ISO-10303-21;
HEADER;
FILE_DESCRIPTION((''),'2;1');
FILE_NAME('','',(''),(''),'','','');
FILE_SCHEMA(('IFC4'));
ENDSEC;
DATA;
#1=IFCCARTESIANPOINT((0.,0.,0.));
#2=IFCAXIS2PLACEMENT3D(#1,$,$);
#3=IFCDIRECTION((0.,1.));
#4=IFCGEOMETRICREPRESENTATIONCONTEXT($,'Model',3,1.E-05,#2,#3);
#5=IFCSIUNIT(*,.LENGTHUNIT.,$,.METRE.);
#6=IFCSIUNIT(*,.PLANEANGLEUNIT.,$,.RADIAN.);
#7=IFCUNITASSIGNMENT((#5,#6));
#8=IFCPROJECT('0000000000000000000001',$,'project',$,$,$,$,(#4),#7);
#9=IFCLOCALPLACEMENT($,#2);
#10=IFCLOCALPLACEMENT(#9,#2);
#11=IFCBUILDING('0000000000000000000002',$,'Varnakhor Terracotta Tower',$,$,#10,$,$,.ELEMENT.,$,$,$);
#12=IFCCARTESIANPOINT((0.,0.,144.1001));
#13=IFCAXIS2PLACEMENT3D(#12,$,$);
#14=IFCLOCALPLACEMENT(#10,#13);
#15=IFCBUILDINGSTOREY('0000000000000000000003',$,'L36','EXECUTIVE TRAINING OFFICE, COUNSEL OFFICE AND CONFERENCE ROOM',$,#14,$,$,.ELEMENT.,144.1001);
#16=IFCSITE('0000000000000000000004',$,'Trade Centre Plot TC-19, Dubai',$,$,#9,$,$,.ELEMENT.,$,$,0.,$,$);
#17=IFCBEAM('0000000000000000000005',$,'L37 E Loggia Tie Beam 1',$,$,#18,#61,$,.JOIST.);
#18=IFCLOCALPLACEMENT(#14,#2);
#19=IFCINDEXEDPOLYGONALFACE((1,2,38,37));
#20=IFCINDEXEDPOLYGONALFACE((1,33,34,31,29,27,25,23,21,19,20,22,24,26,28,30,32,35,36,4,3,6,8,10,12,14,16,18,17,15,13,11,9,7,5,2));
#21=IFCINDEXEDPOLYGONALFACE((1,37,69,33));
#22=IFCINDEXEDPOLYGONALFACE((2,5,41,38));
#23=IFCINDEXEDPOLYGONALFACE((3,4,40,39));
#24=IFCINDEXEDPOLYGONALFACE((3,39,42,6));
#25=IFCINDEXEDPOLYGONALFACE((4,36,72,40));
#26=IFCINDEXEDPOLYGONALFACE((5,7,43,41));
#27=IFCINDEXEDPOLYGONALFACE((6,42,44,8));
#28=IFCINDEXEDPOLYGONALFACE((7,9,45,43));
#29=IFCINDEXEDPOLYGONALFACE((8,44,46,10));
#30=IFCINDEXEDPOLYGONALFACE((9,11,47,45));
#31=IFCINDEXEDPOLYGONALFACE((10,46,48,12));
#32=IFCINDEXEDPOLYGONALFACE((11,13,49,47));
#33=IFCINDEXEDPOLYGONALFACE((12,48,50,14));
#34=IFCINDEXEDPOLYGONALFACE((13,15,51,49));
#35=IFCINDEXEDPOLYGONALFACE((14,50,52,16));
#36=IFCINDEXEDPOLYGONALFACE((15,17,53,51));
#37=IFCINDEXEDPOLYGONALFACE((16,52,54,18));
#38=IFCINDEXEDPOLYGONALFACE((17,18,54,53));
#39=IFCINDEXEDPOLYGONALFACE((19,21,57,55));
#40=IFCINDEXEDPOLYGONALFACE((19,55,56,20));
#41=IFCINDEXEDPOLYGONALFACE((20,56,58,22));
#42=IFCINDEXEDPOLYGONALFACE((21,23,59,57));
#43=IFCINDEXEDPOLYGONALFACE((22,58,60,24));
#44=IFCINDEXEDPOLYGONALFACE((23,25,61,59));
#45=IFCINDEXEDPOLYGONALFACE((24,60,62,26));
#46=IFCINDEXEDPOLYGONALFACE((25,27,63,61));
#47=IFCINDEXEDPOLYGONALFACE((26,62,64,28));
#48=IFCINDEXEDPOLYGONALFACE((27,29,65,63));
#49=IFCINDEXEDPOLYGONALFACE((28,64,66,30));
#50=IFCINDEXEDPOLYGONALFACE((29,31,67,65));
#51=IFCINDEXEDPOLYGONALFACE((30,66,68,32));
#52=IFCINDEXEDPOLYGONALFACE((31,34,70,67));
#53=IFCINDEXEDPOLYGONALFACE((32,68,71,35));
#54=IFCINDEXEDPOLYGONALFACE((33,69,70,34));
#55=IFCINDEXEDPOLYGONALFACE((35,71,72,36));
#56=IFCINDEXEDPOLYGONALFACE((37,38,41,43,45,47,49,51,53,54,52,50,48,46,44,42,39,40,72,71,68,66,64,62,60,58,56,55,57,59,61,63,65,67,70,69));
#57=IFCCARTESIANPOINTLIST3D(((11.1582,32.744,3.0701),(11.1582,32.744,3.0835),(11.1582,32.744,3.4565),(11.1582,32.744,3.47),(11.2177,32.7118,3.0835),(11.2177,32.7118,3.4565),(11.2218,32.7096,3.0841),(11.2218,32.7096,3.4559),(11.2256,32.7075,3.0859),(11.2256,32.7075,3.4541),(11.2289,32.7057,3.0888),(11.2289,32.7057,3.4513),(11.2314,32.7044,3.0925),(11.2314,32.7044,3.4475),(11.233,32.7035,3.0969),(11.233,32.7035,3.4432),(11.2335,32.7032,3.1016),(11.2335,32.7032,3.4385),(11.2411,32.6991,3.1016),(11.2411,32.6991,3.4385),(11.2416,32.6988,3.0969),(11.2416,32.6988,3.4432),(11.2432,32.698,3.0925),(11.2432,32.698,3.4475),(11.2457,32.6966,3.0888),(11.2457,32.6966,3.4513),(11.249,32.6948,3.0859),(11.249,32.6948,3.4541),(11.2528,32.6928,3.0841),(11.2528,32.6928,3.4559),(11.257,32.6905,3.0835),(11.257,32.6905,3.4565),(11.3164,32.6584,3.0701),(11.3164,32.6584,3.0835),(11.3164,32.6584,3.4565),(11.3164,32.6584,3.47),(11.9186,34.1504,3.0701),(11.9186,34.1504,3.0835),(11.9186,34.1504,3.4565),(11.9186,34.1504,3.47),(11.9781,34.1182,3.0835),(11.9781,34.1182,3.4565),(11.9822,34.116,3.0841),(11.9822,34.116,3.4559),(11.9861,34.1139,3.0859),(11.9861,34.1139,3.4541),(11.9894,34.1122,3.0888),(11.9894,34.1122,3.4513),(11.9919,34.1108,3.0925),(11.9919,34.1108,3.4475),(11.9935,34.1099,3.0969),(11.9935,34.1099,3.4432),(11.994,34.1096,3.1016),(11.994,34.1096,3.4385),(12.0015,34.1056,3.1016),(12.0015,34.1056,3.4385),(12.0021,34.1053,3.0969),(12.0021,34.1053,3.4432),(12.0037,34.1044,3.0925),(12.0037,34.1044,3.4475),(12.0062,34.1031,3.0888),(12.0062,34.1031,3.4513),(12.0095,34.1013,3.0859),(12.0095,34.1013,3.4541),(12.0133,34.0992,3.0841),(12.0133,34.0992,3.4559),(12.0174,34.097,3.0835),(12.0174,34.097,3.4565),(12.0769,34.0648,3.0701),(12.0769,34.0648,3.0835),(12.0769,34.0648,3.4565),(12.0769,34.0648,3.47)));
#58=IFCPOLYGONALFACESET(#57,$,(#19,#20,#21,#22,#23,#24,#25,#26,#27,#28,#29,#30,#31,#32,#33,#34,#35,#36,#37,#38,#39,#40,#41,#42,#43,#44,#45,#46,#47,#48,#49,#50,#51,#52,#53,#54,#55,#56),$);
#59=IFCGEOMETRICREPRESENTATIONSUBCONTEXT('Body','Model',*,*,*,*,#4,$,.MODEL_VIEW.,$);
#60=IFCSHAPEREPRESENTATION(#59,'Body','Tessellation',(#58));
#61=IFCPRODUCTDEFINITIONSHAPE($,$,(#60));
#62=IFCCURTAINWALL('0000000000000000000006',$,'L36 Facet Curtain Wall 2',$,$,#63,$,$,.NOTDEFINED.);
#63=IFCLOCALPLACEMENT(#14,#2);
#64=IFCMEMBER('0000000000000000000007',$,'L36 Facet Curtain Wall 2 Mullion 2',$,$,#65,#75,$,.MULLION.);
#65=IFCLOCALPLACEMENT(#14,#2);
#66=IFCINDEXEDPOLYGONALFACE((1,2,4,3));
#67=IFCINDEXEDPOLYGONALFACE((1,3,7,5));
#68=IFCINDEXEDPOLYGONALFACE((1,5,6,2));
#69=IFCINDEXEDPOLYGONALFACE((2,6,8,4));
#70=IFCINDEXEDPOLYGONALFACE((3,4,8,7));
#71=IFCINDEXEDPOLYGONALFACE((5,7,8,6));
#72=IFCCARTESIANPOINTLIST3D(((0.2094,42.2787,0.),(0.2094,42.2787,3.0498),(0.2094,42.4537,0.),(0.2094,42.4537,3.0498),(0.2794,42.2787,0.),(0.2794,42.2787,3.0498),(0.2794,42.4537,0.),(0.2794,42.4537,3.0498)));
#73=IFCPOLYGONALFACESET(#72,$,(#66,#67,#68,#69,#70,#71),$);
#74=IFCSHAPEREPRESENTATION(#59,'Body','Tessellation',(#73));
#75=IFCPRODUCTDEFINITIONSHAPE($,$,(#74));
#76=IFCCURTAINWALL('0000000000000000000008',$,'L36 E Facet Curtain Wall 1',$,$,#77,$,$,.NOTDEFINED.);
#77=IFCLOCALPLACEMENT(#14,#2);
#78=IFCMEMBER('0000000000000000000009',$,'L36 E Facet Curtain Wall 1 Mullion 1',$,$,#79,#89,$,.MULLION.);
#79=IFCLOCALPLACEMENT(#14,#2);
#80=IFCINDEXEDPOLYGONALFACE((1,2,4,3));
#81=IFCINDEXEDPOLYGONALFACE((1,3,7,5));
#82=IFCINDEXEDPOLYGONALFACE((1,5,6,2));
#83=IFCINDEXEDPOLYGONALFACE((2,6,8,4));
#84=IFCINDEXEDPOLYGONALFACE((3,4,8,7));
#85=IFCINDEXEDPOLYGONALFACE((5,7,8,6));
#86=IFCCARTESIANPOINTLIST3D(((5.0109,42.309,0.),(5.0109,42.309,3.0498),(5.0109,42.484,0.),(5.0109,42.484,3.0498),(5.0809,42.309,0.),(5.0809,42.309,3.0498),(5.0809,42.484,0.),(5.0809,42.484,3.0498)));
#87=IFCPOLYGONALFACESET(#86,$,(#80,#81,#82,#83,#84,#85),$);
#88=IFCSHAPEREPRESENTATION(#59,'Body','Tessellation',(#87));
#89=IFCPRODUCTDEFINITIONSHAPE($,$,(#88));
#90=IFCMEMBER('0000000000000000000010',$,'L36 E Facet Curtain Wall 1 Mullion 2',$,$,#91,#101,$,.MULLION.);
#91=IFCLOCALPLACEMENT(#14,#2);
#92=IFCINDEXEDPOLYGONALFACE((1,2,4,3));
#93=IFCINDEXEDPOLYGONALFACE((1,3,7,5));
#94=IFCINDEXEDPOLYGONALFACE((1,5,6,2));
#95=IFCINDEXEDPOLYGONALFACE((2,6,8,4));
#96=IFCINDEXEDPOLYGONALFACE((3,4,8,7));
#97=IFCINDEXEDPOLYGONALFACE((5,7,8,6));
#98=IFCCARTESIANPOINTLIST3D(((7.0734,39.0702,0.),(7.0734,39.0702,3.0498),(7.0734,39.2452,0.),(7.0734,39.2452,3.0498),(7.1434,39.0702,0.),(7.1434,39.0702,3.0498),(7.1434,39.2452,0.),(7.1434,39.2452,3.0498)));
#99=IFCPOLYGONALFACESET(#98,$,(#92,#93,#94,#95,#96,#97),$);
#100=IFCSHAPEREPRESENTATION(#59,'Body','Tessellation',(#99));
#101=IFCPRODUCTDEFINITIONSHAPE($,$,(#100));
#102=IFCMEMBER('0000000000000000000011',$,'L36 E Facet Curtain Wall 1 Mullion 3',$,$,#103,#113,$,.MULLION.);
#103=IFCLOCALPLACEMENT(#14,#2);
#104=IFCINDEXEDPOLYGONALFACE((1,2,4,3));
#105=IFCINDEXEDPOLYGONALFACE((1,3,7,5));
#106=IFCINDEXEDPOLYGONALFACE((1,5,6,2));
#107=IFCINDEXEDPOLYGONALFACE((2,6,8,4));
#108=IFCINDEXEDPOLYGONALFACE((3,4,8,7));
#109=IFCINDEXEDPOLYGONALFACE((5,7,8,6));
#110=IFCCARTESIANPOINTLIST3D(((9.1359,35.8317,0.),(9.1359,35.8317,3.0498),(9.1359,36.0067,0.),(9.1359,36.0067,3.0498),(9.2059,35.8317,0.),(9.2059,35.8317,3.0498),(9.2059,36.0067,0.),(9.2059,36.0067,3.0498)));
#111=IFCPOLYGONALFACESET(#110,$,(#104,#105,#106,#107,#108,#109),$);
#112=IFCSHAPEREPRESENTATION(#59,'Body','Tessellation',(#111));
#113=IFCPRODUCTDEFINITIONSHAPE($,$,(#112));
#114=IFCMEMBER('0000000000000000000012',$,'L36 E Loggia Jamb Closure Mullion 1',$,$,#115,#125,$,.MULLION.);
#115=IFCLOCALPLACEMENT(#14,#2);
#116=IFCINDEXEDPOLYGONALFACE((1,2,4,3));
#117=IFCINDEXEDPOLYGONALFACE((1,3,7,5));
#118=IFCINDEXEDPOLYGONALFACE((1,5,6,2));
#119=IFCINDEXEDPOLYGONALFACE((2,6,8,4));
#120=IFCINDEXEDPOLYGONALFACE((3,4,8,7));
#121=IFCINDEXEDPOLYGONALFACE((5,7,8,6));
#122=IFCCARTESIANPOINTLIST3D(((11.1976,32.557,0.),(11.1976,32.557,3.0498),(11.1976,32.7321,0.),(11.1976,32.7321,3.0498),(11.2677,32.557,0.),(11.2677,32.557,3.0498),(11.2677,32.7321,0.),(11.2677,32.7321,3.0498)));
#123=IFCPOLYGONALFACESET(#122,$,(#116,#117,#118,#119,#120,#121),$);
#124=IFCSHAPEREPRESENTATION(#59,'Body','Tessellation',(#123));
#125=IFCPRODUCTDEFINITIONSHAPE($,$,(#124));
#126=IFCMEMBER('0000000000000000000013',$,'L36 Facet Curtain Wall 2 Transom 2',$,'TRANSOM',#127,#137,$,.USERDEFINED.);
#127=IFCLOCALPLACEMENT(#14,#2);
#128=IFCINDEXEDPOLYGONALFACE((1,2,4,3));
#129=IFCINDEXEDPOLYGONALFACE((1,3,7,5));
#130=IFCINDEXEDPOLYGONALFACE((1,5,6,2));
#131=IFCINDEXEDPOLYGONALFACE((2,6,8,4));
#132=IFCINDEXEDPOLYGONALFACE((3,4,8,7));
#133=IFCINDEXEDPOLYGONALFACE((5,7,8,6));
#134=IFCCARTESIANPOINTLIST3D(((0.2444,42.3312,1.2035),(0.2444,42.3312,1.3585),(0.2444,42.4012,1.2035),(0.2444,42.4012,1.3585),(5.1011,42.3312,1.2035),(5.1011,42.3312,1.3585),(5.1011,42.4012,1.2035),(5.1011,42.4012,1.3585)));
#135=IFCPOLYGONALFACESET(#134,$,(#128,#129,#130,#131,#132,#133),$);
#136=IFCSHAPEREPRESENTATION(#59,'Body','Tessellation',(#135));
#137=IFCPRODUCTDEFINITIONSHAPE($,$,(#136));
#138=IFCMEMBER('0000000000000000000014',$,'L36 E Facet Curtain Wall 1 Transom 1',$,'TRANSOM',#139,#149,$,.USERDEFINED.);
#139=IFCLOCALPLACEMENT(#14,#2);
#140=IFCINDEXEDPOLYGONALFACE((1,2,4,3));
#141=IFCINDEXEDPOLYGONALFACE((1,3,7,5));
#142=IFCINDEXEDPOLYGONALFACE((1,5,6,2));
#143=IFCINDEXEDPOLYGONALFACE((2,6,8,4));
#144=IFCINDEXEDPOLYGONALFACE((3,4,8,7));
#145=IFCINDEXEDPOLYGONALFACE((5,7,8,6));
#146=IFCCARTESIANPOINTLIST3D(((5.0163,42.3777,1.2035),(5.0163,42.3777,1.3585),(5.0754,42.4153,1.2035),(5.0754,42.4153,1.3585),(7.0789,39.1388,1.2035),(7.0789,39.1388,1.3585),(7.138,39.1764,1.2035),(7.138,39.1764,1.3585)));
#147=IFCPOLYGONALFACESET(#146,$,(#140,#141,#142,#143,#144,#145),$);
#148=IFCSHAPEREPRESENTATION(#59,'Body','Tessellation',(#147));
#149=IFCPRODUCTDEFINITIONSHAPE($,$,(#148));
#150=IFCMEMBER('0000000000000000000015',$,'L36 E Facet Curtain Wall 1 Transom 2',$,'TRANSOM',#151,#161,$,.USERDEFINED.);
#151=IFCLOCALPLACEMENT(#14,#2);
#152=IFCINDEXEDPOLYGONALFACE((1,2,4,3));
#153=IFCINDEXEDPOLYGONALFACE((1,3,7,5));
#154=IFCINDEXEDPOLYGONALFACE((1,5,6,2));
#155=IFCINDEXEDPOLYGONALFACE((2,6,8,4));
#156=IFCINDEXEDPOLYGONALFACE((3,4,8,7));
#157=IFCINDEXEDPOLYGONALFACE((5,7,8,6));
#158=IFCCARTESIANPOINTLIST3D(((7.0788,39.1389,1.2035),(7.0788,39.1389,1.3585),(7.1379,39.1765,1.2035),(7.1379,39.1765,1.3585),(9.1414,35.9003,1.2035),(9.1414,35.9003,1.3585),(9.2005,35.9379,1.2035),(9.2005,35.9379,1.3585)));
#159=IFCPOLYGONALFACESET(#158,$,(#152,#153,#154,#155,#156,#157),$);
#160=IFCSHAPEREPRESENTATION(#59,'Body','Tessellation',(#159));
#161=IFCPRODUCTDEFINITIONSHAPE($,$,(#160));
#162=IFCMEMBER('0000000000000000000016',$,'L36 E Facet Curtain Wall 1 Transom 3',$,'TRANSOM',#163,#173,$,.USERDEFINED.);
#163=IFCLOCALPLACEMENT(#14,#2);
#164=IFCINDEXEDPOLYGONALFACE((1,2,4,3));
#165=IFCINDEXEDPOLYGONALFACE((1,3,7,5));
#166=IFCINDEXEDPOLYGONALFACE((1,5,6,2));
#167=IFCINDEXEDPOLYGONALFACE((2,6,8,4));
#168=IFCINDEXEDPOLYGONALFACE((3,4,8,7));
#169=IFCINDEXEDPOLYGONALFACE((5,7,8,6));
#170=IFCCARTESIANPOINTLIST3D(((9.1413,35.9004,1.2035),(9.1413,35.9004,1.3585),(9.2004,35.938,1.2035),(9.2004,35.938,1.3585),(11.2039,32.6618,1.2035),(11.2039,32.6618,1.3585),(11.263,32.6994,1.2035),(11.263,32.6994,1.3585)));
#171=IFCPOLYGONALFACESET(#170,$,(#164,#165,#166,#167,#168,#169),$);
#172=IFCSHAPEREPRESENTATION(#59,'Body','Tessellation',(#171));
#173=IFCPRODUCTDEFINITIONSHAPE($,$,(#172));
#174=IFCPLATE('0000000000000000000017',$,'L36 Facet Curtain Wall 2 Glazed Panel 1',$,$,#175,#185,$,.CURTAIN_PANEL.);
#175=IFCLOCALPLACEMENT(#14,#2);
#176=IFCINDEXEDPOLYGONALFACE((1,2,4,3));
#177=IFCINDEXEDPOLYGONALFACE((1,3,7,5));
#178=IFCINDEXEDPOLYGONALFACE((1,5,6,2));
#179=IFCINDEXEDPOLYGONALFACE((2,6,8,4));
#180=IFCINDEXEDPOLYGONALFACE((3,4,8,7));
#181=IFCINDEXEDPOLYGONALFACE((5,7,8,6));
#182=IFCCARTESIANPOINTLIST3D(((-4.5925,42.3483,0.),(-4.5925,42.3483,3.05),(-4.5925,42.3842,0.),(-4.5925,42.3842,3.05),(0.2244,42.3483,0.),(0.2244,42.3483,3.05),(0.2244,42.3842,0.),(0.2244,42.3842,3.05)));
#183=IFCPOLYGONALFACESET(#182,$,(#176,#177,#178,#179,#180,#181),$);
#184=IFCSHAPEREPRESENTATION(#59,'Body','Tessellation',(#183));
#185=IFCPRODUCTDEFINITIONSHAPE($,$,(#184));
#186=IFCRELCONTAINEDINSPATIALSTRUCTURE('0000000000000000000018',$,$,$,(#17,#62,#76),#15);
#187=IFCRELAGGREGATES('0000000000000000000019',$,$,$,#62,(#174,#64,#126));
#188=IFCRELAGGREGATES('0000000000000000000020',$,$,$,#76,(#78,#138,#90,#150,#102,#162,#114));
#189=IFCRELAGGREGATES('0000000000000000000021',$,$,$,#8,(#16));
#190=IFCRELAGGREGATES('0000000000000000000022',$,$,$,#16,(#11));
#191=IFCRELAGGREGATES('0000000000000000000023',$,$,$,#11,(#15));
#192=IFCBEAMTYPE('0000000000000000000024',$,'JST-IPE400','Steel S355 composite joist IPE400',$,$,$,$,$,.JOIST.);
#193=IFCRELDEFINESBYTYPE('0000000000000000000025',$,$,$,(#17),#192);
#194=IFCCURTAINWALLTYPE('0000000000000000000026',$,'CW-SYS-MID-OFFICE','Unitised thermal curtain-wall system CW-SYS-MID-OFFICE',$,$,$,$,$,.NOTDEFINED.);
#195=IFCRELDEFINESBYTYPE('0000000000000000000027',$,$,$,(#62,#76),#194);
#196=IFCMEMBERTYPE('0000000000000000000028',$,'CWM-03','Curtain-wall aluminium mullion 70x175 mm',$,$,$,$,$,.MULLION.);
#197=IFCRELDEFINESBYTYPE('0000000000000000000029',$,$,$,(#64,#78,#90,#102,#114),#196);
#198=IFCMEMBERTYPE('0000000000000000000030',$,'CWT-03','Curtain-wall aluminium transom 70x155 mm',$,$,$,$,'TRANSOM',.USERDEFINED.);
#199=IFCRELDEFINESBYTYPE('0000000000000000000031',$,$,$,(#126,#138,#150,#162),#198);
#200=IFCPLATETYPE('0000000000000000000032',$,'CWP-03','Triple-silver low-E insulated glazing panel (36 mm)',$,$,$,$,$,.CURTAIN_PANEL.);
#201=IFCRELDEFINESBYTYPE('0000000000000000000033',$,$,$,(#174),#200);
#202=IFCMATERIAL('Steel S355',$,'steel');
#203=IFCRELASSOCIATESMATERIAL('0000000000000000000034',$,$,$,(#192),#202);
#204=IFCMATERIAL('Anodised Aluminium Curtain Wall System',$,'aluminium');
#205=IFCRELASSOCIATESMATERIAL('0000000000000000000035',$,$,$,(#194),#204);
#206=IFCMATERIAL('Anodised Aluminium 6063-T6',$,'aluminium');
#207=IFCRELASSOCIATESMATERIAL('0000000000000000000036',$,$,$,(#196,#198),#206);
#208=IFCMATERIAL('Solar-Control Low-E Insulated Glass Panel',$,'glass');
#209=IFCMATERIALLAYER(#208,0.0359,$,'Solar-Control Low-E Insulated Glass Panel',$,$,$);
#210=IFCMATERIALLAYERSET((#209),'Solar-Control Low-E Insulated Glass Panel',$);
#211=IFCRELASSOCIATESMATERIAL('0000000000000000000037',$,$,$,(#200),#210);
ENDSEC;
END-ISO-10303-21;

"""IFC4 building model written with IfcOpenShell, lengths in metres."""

from ifc_helpers import new_model, si_unit, direction, frame, origin, origin_2d, place, context, subcontext, project, spatial, rectangle, i_section, extrude, source, transform, mapped, material, layer, layer_set, material_profile, profile_set, type_object, type_shapes, element, aggregate, save


model = new_model("IFC4")

# Units and contexts
model_context = context("Model", 3, precision=1e-05, world=origin(), true_north=direction((0.0, 1.0)))
body_context = subcontext(model_context, "Body", "Model", "MODEL_VIEW")
ifc_project = project(units=[si_unit("LENGTHUNIT", "METRE"), si_unit("PLANEANGLEUNIT", "RADIAN")], contexts=[model_context])

# Site, building, storey
site_placement = place(None, origin())
site = spatial("IfcSite", under=ifc_project, at=site_placement, Name="Trade Centre Plot TC-19, Dubai", CompositionType="ELEMENT", RefElevation=0.0)
building_placement = place(site_placement, origin())
building = spatial("IfcBuilding", under=site, at=building_placement, Name="Varnakhor Terracotta Tower", CompositionType="ELEMENT")
storey_placement = place(building_placement, frame((0.0, 0.0, 144.1001)))
storey = spatial("IfcBuildingStorey", under=building, at=storey_placement, Name="L36", Description="EXECUTIVE TRAINING OFFICE, COUNSEL OFFICE AND CONFERENCE ROOM", CompositionType="ELEMENT", Elevation=144.1001)

# Beam
ifc_material_1 = material(Name="Steel S355", Category="steel")
ifc_material_profile_1 = material_profile(ifc_material_1, i_section(OverallWidth=0.1799, OverallDepth=0.3999, WebThickness=0.0085, FlangeThickness=0.0134, FilletRadius=0.0181, at=origin_2d()), Name="IPE400")
ifc_profile_set_1 = profile_set([ifc_material_profile_1], Name="Steel S355")
beam_type_1 = type_object("IfcBeamType", Name="JST-IPE400", Description="Steel S355 composite joist IPE400", PredefinedType="JOIST", material=ifc_profile_set_1)
shared_shape_1 = source(origin(), body_context, "Body", "SweptSolid", [
    extrude(i_section(OverallWidth=0.1799, OverallDepth=0.3999, WebThickness=0.0085, FlangeThickness=0.0134, FilletRadius=0.0181, at=origin_2d()), origin(), (0.0, 0.0, 1.0), 1.5989),
])
beam_1_placement = place(storey_placement, frame((11.2373, 32.7012, 3.27), z_axis=(0.475629, 0.879646, 0.0), x_axis=(-0.879646, 0.475629, 0.0)))
element("IfcBeam", 1, at=beam_1_placement, inside=storey, type_object=beam_type_1, Name="L37 E Loggia Tie Beam 1", PredefinedType="JOIST", context=body_context, shape_type="MappedRepresentation", body=[
    mapped(shared_shape_1, transform((0.0, 0.0, 0.0), scale=1.0)),
])

# Curtain wall, member
ifc_material_2 = material(Name="Anodised Aluminium Curtain Wall System", Category="aluminium")
curtain_wall_type = type_object("IfcCurtainWallType", Name="CW-SYS-MID-OFFICE", Description="Unitised thermal curtain-wall system CW-SYS-MID-OFFICE", PredefinedType="NOTDEFINED", material=ifc_material_2)
curtain_wall_1_placement = place(storey_placement, origin())
curtain_wall_1 = element("IfcCurtainWall", 2, at=curtain_wall_1_placement, inside=storey, type_object=curtain_wall_type, Name="L36 Facet Curtain Wall 2", PredefinedType="NOTDEFINED")
ifc_material_3 = material(Name="Anodised Aluminium 6063-T6", Category="aluminium")
ifc_material_profile_2 = material_profile(ifc_material_3, rectangle(XDim=0.0701, YDim=0.175, at=origin_2d()), Name="ALU MULLION 70x175")
ifc_profile_set_2 = profile_set([ifc_material_profile_2], Name="Anodised Aluminium 6063-T6")
member_type_1 = type_object("IfcMemberType", Name="CWM-03", Description="Curtain-wall aluminium mullion 70x175 mm", PredefinedType="MULLION", material=ifc_profile_set_2)
shared_shape_2 = source(origin(), body_context, "Body", "SweptSolid", [
    extrude(rectangle(XDim=0.0701, YDim=0.175, at=origin_2d()), origin(), (0.0, 0.0, 1.0), 3.0498),
])
type_shapes(member_type_1, [shared_shape_2])
member_1_placement = place(storey_placement, frame((0.2444, 42.3662, 0.0), z_axis=(0.0, 0.0, 1.0), x_axis=(1.0, 0.0, 0.0)))
member_1 = element("IfcMember", 3, at=member_1_placement, type_object=member_type_1, Name="L36 Facet Curtain Wall 2 Mullion 2", PredefinedType="MULLION", context=body_context, shape_type="MappedRepresentation", body=[
    mapped(shared_shape_2, transform((0.0, 0.0, 0.0), scale=1.0)),
])

# Curtain wall, members
curtain_wall_2_placement = place(storey_placement, origin())
curtain_wall_2 = element("IfcCurtainWall", 4, at=curtain_wall_2_placement, inside=storey, type_object=curtain_wall_type, Name="L36 E Facet Curtain Wall 1", PredefinedType="NOTDEFINED")
member_2_placement = place(storey_placement, frame((5.0459, 42.3965, 0.0), z_axis=(0.0, 0.0, 1.0), x_axis=(1.0, 0.0, 0.0)))
member_2 = element("IfcMember", 5, at=member_2_placement, type_object=member_type_1, Name="L36 E Facet Curtain Wall 1 Mullion 1", PredefinedType="MULLION", context=body_context, shape_type="MappedRepresentation", body=[
    mapped(shared_shape_2, transform((0.0, 0.0, 0.0), scale=1.0)),
])
member_3_placement = place(storey_placement, frame((7.1084, 39.1577, 0.0), z_axis=(0.0, 0.0, 1.0), x_axis=(1.0, 0.0, 0.0)))
member_3 = element("IfcMember", 6, at=member_3_placement, type_object=member_type_1, Name="L36 E Facet Curtain Wall 1 Mullion 2", PredefinedType="MULLION", context=body_context, shape_type="MappedRepresentation", body=[
    mapped(shared_shape_2, transform((0.0, 0.0, 0.0), scale=1.0)),
])
member_4_placement = place(storey_placement, frame((9.1709, 35.9192, 0.0), z_axis=(0.0, 0.0, 1.0), x_axis=(1.0, 0.0, 0.0)))
member_4 = element("IfcMember", 7, at=member_4_placement, type_object=member_type_1, Name="L36 E Facet Curtain Wall 1 Mullion 3", PredefinedType="MULLION", context=body_context, shape_type="MappedRepresentation", body=[
    mapped(shared_shape_2, transform((0.0, 0.0, 0.0), scale=1.0)),
])
member_5_placement = place(storey_placement, frame((11.2327, 32.6445, 0.0), z_axis=(0.0, 0.0, 1.0), x_axis=(1.0, 0.0, 0.0)))
member_5 = element("IfcMember", 8, at=member_5_placement, type_object=member_type_1, Name="L36 E Loggia Jamb Closure Mullion 1", PredefinedType="MULLION", context=body_context, shape_type="MappedRepresentation", body=[
    mapped(shared_shape_2, transform((0.0, 0.0, 0.0), scale=1.0)),
])

# Members
ifc_material_profile_3 = material_profile(ifc_material_3, rectangle(XDim=0.0701, YDim=0.155, at=origin_2d()), Name="ALU TRANSOM 70x155")
ifc_profile_set_3 = profile_set([ifc_material_profile_3], Name="Anodised Aluminium 6063-T6")
member_type_2 = type_object("IfcMemberType", Name="CWT-03", Description="Curtain-wall aluminium transom 70x155 mm", ElementType="TRANSOM", PredefinedType="USERDEFINED", material=ifc_profile_set_3)
shared_shape_3 = source(origin(), body_context, "Body", "SweptSolid", [
    extrude(rectangle(XDim=0.0701, YDim=0.155, at=origin_2d()), origin(), (0.0, 0.0, 1.0), 4.8567),
])
member_6_placement = place(storey_placement, frame((0.2444, 42.3662, 1.281), z_axis=(1.0, 0.0, 0.0), x_axis=(0.0, 1.0, 0.0)))
member_6 = element("IfcMember", 9, at=member_6_placement, type_object=member_type_2, Name="L36 Facet Curtain Wall 2 Transom 2", ObjectType="TRANSOM", PredefinedType="USERDEFINED", context=body_context, shape_type="MappedRepresentation", body=[
    mapped(shared_shape_3, transform((0.0, 0.0, 0.0), scale=1.0)),
])
shared_shape_4 = source(origin(), body_context, "Body", "SweptSolid", [
    extrude(rectangle(XDim=0.0701, YDim=0.155, at=origin_2d()), origin(), (0.0, 0.0, 1.0), 3.8398),
])
member_7_placement = place(storey_placement, frame((5.0459, 42.3965, 1.281), z_axis=(0.537147, -0.843489, 0.0), x_axis=(0.843489, 0.537147, 0.0)))
member_7 = element("IfcMember", 10, at=member_7_placement, type_object=member_type_2, Name="L36 E Facet Curtain Wall 1 Transom 1", ObjectType="TRANSOM", PredefinedType="USERDEFINED", context=body_context, shape_type="MappedRepresentation", body=[
    mapped(shared_shape_4, transform((0.0, 0.0, 0.0), scale=1.0)),
])
shared_shape_5 = source(origin(), body_context, "Body", "SweptSolid", [
    extrude(rectangle(XDim=0.0701, YDim=0.155, at=origin_2d()), origin(), (0.0, 0.0, 1.0), 3.8396),
])
member_8_placement = place(storey_placement, frame((7.1084, 39.1577, 1.281), z_axis=(0.537176, -0.84347, 0.0), x_axis=(0.84347, 0.537176, 0.0)))
member_8 = element("IfcMember", 11, at=member_8_placement, type_object=member_type_2, Name="L36 E Facet Curtain Wall 1 Transom 2", ObjectType="TRANSOM", PredefinedType="USERDEFINED", context=body_context, shape_type="MappedRepresentation", body=[
    mapped(shared_shape_5, transform((0.0, 0.0, 0.0), scale=1.0)),
])
member_9_placement = place(storey_placement, frame((9.1709, 35.9192, 1.281), z_axis=(0.537176, -0.84347, 0.0), x_axis=(0.84347, 0.537176, 0.0)))
member_9 = element("IfcMember", 12, at=member_9_placement, type_object=member_type_2, Name="L36 E Facet Curtain Wall 1 Transom 3", ObjectType="TRANSOM", PredefinedType="USERDEFINED", context=body_context, shape_type="MappedRepresentation", body=[
    mapped(shared_shape_5, transform((0.0, 0.0, 0.0), scale=1.0)),
])

# Plate
ifc_material_4 = material(Name="Solar-Control Low-E Insulated Glass Panel", Category="glass")
ifc_layer_1 = layer(ifc_material_4, 0.0359, Name="Solar-Control Low-E Insulated Glass Panel")
ifc_layer_set_1 = layer_set([ifc_layer_1], Name="Solar-Control Low-E Insulated Glass Panel")
plate_type = type_object("IfcPlateType", Name="CWP-03", Description="Triple-silver low-E insulated glazing panel (36 mm)", PredefinedType="CURTAIN_PANEL", material=ifc_layer_set_1)
shared_shape_6 = source(origin(), body_context, "Body", "SweptSolid", [
    extrude(rectangle(XDim=4.8169, YDim=0.0359, at=origin_2d()), origin(), (0.0, 0.0, 1.0), 3.05),
])
plate_1_placement = place(storey_placement, frame((-2.1841, 42.3662, 0.0), z_axis=(0.0, 0.0, 1.0), x_axis=(1.0, 0.0, 0.0)))
plate_1 = element("IfcPlate", 13, at=plate_1_placement, type_object=plate_type, Name="L36 Facet Curtain Wall 2 Glazed Panel 1", PredefinedType="CURTAIN_PANEL", context=body_context, shape_type="MappedRepresentation", body=[
    mapped(shared_shape_6, transform((0.0, 0.0, 0.0), scale=1.0)),
])
aggregate(curtain_wall_1, [plate_1, member_1, member_6])
aggregate(curtain_wall_2, [member_2, member_7, member_3, member_8, member_4, member_9, member_5])

save(model, "model.ifc")
